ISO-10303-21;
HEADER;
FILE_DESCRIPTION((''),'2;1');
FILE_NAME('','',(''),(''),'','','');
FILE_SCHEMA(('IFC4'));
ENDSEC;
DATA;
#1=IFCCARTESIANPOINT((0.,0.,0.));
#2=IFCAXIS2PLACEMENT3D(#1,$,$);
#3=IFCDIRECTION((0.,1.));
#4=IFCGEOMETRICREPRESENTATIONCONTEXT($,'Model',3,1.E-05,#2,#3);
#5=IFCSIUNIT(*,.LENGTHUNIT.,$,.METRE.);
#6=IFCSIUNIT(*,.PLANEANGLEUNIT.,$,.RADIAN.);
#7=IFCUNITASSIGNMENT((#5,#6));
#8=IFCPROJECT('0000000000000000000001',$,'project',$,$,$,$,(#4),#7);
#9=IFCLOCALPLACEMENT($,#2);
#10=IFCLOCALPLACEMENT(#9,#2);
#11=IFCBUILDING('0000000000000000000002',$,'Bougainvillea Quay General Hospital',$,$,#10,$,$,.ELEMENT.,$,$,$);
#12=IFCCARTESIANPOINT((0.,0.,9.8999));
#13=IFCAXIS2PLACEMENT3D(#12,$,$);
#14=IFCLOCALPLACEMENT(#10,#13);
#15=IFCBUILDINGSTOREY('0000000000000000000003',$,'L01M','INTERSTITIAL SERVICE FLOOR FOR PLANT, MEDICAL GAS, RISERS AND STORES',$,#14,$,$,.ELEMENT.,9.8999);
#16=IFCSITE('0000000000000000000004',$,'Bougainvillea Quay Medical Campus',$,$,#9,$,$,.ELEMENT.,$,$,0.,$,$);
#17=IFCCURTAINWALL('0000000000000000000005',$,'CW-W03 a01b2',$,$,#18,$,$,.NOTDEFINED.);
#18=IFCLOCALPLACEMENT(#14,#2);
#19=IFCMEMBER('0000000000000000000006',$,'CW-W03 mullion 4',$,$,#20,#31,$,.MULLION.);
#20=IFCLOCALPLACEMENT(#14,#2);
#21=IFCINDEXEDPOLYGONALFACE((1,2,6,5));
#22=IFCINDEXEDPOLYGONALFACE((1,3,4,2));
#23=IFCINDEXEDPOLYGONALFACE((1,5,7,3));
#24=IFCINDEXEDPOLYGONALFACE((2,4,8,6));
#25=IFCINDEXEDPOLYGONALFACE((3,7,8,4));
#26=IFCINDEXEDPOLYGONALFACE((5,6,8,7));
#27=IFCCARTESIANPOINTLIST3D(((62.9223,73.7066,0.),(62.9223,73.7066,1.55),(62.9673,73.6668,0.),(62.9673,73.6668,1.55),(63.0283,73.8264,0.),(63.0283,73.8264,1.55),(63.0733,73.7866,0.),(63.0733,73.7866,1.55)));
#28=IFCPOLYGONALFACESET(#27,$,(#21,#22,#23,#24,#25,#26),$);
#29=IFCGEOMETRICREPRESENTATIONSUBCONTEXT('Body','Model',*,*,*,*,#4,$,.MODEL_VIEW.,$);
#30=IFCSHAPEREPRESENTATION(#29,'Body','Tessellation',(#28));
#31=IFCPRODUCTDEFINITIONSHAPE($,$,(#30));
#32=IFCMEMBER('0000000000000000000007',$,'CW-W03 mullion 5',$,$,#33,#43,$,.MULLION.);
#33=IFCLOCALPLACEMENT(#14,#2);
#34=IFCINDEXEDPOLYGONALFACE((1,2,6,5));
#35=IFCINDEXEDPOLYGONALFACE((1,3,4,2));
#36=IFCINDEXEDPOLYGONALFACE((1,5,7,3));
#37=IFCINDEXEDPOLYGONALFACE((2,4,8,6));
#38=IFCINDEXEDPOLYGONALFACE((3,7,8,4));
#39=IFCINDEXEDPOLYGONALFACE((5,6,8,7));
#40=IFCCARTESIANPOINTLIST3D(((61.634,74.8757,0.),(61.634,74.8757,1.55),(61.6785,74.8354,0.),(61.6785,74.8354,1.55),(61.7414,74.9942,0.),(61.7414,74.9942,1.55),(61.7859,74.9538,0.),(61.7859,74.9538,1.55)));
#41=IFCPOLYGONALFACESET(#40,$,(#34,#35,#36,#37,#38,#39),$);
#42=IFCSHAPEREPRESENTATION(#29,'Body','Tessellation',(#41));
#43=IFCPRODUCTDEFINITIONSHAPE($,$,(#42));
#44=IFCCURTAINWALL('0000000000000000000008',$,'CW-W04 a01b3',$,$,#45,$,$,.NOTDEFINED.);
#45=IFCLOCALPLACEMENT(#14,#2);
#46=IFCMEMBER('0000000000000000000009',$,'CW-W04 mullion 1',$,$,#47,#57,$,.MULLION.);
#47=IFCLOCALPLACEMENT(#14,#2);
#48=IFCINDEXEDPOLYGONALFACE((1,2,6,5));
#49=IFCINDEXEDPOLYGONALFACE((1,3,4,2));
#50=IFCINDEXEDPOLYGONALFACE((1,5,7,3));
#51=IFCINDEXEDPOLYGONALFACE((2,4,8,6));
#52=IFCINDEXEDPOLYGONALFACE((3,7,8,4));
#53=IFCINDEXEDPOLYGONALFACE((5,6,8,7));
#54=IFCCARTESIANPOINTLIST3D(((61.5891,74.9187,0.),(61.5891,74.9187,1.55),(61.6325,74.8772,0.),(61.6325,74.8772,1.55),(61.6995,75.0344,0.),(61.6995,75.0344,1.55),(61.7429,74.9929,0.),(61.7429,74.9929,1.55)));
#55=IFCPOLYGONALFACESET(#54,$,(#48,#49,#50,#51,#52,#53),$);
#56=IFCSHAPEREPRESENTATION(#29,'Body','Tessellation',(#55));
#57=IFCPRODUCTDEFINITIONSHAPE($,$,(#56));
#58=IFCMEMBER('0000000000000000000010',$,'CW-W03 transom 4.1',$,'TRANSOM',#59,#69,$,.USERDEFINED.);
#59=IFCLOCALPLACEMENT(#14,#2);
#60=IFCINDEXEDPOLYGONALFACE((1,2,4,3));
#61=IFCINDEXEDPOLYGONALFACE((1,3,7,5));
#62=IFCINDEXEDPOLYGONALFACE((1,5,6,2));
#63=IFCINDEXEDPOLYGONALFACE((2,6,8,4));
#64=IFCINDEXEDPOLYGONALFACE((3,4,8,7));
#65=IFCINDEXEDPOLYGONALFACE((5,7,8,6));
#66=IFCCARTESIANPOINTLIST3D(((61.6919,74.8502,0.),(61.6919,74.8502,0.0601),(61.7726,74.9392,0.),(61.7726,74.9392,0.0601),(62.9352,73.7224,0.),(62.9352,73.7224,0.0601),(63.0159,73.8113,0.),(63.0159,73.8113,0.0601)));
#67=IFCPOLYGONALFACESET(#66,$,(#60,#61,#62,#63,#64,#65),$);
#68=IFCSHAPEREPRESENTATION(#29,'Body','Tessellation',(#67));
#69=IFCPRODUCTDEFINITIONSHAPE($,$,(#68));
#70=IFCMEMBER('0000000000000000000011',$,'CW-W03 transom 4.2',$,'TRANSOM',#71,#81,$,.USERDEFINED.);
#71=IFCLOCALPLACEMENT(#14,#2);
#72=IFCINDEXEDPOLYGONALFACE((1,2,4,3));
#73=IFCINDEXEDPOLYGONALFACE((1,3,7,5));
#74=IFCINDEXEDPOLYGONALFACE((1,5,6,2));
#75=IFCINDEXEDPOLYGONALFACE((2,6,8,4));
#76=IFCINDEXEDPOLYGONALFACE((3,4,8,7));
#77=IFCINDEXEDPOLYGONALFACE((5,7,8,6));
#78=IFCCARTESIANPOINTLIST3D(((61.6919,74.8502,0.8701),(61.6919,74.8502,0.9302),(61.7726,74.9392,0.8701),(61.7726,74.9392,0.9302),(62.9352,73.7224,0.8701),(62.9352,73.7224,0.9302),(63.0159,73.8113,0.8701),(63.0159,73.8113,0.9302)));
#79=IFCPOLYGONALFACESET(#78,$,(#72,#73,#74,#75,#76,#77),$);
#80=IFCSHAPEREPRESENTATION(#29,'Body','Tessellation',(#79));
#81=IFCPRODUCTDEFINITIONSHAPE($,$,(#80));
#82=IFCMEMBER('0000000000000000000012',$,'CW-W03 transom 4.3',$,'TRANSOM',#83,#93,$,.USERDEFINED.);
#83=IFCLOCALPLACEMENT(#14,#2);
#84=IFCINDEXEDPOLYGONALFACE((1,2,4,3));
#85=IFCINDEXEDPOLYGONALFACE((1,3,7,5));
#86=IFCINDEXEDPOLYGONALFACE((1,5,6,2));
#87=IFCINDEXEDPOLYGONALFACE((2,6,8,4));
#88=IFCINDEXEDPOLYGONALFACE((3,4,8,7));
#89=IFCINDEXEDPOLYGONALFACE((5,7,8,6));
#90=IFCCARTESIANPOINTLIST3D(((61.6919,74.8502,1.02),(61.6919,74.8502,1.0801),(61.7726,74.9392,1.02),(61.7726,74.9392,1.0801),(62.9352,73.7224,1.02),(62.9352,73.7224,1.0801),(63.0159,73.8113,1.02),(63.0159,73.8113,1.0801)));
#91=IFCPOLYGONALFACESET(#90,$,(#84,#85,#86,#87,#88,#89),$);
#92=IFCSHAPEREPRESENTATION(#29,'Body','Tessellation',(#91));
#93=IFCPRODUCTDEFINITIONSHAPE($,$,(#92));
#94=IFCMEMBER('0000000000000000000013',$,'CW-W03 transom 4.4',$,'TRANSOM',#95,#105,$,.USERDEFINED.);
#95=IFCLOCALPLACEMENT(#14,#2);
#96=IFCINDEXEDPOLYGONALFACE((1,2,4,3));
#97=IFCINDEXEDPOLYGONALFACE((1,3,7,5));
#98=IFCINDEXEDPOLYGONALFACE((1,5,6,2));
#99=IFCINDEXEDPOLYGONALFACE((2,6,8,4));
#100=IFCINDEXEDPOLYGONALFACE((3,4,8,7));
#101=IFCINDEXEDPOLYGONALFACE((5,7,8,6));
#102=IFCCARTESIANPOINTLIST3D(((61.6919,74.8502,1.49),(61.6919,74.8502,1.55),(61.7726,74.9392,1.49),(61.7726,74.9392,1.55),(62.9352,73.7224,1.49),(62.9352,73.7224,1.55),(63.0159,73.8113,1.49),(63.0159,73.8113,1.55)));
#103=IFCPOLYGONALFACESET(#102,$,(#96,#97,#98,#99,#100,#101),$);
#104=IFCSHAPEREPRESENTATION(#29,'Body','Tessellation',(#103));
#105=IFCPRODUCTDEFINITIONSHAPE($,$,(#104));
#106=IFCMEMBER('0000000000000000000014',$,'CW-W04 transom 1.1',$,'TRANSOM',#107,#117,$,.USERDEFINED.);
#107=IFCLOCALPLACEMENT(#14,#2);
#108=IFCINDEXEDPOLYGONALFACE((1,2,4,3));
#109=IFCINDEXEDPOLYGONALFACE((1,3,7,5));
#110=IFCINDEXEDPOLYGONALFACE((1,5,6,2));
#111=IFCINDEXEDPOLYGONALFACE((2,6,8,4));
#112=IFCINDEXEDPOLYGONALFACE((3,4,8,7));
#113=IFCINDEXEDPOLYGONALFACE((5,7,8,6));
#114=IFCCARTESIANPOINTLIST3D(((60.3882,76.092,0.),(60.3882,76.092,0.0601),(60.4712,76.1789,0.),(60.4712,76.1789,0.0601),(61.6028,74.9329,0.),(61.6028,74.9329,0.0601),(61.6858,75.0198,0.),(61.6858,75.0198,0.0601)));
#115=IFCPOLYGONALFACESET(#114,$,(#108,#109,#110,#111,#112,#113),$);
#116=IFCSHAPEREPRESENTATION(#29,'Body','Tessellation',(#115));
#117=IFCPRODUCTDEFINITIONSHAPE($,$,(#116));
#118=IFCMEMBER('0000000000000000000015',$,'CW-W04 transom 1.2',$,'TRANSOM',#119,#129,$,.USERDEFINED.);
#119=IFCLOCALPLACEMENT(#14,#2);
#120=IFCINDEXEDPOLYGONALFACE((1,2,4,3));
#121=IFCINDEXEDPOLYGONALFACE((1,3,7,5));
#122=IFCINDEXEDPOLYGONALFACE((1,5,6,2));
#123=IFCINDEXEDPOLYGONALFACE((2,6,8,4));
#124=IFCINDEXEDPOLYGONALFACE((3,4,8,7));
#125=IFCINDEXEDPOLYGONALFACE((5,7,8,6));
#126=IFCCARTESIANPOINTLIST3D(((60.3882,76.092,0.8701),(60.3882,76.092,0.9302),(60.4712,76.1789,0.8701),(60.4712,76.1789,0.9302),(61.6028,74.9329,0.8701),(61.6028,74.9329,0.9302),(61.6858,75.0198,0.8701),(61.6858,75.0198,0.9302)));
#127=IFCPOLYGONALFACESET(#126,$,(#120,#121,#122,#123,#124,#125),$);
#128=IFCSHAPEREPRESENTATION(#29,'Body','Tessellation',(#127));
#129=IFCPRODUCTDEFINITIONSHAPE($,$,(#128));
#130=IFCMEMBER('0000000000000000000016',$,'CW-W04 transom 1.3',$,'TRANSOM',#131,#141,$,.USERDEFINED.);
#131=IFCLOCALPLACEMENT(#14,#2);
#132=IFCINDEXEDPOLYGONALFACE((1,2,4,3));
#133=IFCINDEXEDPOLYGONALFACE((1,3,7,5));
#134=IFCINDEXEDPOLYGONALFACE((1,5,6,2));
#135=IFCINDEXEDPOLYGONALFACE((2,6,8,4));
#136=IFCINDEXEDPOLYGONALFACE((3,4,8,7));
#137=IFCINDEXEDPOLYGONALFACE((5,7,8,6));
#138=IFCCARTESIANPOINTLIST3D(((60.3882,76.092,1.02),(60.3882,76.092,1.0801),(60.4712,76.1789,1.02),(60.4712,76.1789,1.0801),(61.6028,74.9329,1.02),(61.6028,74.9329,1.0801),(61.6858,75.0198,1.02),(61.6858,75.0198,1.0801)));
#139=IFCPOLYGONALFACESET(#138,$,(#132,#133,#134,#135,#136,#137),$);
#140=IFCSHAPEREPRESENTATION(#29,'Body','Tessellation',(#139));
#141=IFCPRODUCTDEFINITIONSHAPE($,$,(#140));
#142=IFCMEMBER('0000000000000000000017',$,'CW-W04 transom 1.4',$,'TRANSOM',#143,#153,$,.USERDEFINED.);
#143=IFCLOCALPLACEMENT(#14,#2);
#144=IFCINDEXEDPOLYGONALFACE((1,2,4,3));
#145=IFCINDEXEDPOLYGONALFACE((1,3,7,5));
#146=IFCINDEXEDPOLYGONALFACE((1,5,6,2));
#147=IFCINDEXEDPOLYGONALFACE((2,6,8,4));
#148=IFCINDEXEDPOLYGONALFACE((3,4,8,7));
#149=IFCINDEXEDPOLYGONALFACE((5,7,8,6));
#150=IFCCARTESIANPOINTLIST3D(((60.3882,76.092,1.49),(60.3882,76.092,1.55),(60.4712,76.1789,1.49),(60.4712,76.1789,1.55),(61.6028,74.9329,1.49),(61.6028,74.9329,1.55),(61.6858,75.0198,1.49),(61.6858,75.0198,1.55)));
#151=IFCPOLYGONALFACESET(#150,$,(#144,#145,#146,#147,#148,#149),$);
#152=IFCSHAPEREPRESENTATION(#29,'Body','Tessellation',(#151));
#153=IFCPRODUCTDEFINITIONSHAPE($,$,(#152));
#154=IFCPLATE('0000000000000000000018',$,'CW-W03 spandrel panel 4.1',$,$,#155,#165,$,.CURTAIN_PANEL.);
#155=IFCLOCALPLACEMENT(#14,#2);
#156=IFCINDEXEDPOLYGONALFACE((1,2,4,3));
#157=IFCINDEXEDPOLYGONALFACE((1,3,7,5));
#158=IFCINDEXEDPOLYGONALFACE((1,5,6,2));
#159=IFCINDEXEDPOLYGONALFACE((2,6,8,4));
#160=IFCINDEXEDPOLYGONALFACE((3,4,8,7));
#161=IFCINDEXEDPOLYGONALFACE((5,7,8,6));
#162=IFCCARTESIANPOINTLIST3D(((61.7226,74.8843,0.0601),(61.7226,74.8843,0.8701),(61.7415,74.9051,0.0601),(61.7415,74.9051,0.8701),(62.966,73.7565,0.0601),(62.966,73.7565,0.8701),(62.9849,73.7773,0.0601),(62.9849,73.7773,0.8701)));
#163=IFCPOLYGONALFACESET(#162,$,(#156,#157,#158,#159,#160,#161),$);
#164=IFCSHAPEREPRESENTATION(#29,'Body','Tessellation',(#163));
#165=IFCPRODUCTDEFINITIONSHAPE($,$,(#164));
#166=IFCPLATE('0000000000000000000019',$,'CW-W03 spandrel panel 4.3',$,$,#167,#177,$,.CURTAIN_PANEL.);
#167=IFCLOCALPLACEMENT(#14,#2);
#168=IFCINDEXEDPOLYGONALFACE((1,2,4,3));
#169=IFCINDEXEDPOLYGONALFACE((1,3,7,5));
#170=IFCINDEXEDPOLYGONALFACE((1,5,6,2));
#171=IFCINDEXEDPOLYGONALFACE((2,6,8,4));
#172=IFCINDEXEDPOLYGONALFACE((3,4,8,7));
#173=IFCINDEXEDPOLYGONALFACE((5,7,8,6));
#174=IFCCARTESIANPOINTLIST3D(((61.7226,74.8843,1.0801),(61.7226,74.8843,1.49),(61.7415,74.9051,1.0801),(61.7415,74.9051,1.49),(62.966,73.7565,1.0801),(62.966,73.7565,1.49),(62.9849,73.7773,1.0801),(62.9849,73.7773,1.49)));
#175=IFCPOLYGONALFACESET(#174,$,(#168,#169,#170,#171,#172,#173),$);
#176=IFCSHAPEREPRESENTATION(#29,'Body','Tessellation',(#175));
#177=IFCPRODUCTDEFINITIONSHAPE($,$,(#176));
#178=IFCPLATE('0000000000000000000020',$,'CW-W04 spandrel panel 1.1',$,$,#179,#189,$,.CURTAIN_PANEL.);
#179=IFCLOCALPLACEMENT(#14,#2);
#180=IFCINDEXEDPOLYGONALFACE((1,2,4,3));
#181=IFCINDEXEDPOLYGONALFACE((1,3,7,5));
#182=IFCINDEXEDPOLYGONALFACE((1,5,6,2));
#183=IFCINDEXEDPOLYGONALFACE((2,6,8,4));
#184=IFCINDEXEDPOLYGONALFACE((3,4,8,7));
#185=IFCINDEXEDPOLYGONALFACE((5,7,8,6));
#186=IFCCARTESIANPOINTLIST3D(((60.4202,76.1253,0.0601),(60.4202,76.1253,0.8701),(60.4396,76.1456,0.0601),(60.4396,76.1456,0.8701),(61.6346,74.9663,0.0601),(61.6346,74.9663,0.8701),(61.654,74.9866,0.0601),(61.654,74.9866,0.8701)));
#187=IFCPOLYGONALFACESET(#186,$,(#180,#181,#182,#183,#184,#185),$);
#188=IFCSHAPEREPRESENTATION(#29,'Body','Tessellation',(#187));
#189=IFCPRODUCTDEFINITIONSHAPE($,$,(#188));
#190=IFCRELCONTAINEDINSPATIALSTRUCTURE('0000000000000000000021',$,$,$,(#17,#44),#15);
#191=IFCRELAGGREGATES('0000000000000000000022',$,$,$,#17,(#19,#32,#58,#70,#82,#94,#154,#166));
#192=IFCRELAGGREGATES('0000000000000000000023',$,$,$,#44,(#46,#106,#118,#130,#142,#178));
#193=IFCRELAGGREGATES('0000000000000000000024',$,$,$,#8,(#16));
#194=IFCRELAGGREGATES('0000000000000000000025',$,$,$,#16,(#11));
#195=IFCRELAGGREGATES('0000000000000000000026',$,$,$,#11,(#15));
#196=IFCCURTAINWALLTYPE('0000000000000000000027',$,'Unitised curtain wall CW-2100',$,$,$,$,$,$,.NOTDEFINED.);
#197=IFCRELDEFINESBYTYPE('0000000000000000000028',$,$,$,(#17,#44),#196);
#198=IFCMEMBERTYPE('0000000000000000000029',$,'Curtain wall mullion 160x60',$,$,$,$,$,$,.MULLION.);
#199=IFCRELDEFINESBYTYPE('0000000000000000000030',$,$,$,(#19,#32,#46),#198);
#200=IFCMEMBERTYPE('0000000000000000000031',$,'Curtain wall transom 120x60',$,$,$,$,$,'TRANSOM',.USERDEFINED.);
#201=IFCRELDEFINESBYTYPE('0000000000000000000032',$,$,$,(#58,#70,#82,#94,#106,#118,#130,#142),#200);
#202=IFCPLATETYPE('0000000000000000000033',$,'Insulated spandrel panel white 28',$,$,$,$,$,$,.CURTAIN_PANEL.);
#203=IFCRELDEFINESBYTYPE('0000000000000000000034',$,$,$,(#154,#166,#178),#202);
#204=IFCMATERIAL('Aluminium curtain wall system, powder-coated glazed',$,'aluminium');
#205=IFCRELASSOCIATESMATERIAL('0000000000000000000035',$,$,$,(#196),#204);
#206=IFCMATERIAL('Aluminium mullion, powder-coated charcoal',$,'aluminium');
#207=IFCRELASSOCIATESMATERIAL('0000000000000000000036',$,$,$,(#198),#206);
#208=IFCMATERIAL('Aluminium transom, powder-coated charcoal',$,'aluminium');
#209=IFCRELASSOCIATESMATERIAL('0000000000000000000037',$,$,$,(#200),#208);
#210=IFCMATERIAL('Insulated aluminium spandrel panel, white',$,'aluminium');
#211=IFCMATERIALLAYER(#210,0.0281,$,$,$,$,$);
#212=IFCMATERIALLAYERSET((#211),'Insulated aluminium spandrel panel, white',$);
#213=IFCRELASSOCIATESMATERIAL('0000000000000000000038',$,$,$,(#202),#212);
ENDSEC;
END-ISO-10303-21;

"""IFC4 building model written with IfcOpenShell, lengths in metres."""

from ifc_helpers import new_model, si_unit, direction, frame, origin, origin_2d, place, context, subcontext, project, spatial, rectangle, extrude, material, layer, layer_set, material_profile, profile_set, type_object, element, aggregate, save


model = new_model("IFC4")

# Units and contexts
model_context = context("Model", 3, precision=1e-05, world=origin(), true_north=direction((0.0, 1.0)))
body_context = subcontext(model_context, "Body", "Model", "MODEL_VIEW")
ifc_project = project(units=[si_unit("LENGTHUNIT", "METRE"), si_unit("PLANEANGLEUNIT", "RADIAN")], contexts=[model_context])

# Site, building, storey
site_placement = place(None, origin())
site = spatial("IfcSite", under=ifc_project, at=site_placement, Name="Bougainvillea Quay Medical Campus", CompositionType="ELEMENT", RefElevation=0.0)
building_placement = place(site_placement, origin())
building = spatial("IfcBuilding", under=site, at=building_placement, Name="Bougainvillea Quay General Hospital", CompositionType="ELEMENT")
storey_placement = place(building_placement, frame((0.0, 0.0, 9.8999)))
storey = spatial("IfcBuildingStorey", under=building, at=storey_placement, Name="L01M", Description="INTERSTITIAL SERVICE FLOOR FOR PLANT, MEDICAL GAS, RISERS AND STORES", CompositionType="ELEMENT", Elevation=9.8999)

# Curtain wall, members
ifc_material_1 = material(Name="Aluminium curtain wall system, powder-coated glazed", Category="aluminium")
curtain_wall_type = type_object("IfcCurtainWallType", Name="Unitised curtain wall CW-2100", PredefinedType="NOTDEFINED", material=ifc_material_1)
curtain_wall_1_placement = place(storey_placement, origin())
curtain_wall_1 = element("IfcCurtainWall", 1, at=curtain_wall_1_placement, inside=storey, type_object=curtain_wall_type, Name="CW-W03 a01b2", PredefinedType="NOTDEFINED")
ifc_material_2 = material(Name="Aluminium mullion, powder-coated charcoal", Category="aluminium")
ifc_material_profile_1 = material_profile(ifc_material_2, rectangle(XDim=0.1599, YDim=0.0601, at=origin_2d()))
ifc_profile_set_1 = profile_set([ifc_material_profile_1], Name="Aluminium mullion, powder-coated charcoal")
member_type_1 = type_object("IfcMemberType", Name="Curtain wall mullion 160x60", PredefinedType="MULLION", material=ifc_profile_set_1)
member_1_placement = place(storey_placement, frame((62.9978, 73.7466, 0.0), z_axis=(0.0, 0.0, 1.0), x_axis=(-0.662398, -0.749152, 0.0)))
member_1 = element("IfcMember", 2, at=member_1_placement, type_object=member_type_1, Name="CW-W03 mullion 4", PredefinedType="MULLION", context=body_context, shape_type="SweptSolid", body=[
    extrude(rectangle(XDim=0.1599, YDim=0.0601, at=origin_2d()), origin(), (0.0, 0.0, 1.0), 1.55),
])
member_2_placement = place(storey_placement, frame((61.71, 74.9148, 0.0), z_axis=(0.0, 0.0, 1.0), x_axis=(-0.671843, -0.740693, 0.0)))
member_2 = element("IfcMember", 3, at=member_2_placement, type_object=member_type_1, Name="CW-W03 mullion 5", PredefinedType="MULLION", context=body_context, shape_type="SweptSolid", body=[
    extrude(rectangle(XDim=0.1599, YDim=0.0601, at=origin_2d()), origin(), (0.0, 0.0, 1.0), 1.55),
])

# Curtain wall, member
curtain_wall_2_placement = place(storey_placement, origin())
curtain_wall_2 = element("IfcCurtainWall", 4, at=curtain_wall_2_placement, inside=storey, type_object=curtain_wall_type, Name="CW-W04 a01b3", PredefinedType="NOTDEFINED")
member_3_placement = place(storey_placement, frame((61.666, 74.9558, 0.0), z_axis=(0.0, 0.0, 1.0), x_axis=(-0.690409, -0.723419, 0.0)))
member_3 = element("IfcMember", 5, at=member_3_placement, type_object=member_type_1, Name="CW-W04 mullion 1", PredefinedType="MULLION", context=body_context, shape_type="SweptSolid", body=[
    extrude(rectangle(XDim=0.1599, YDim=0.0601, at=origin_2d()), origin(), (0.0, 0.0, 1.0), 1.55),
])

# Members
ifc_material_3 = material(Name="Aluminium transom, powder-coated charcoal", Category="aluminium")
ifc_material_profile_2 = material_profile(ifc_material_3, rectangle(XDim=0.1201, YDim=0.0601, at=origin_2d()))
ifc_profile_set_2 = profile_set([ifc_material_profile_2], Name="Aluminium transom, powder-coated charcoal")
member_type_2 = type_object("IfcMemberType", Name="Curtain wall transom 120x60", ElementType="TRANSOM", PredefinedType="USERDEFINED", material=ifc_profile_set_2)
member_4_placement = place(storey_placement, frame((62.9756, 73.7668, 0.03), z_axis=(-0.740663, 0.671876, 0.0), x_axis=(-0.671876, -0.740663, 0.0)))
member_4 = element("IfcMember", 6, at=member_4_placement, type_object=member_type_2, Name="CW-W03 transom 4.1", ObjectType="TRANSOM", PredefinedType="USERDEFINED", context=body_context, shape_type="SweptSolid", body=[
    extrude(rectangle(XDim=0.1201, YDim=0.0601, at=origin_2d()), origin(), (0.0, 0.0, 1.0), 1.6787),
])
member_5_placement = place(storey_placement, frame((62.9756, 73.7668, 0.9001), z_axis=(-0.740663, 0.671876, 0.0), x_axis=(-0.671876, -0.740663, 0.0)))
member_5 = element("IfcMember", 7, at=member_5_placement, type_object=member_type_2, Name="CW-W03 transom 4.2", ObjectType="TRANSOM", PredefinedType="USERDEFINED", context=body_context, shape_type="SweptSolid", body=[
    extrude(rectangle(XDim=0.1201, YDim=0.0601, at=origin_2d()), origin(), (0.0, 0.0, 1.0), 1.6787),
])
member_6_placement = place(storey_placement, frame((62.9756, 73.7668, 1.05), z_axis=(-0.740663, 0.671876, 0.0), x_axis=(-0.671876, -0.740663, 0.0)))
member_6 = element("IfcMember", 8, at=member_6_placement, type_object=member_type_2, Name="CW-W03 transom 4.3", ObjectType="TRANSOM", PredefinedType="USERDEFINED", context=body_context, shape_type="SweptSolid", body=[
    extrude(rectangle(XDim=0.1201, YDim=0.0601, at=origin_2d()), origin(), (0.0, 0.0, 1.0), 1.6787),
])
member_7_placement = place(storey_placement, frame((62.9756, 73.7668, 1.52), z_axis=(-0.740663, 0.671876, 0.0), x_axis=(-0.671876, -0.740663, 0.0)))
member_7 = element("IfcMember", 9, at=member_7_placement, type_object=member_type_2, Name="CW-W03 transom 4.4", ObjectType="TRANSOM", PredefinedType="USERDEFINED", context=body_context, shape_type="SweptSolid", body=[
    extrude(rectangle(XDim=0.1201, YDim=0.0601, at=origin_2d()), origin(), (0.0, 0.0, 1.0), 1.6787),
])
member_8_placement = place(storey_placement, frame((61.6443, 74.9763, 0.03), z_axis=(-0.723418, 0.69041, 0.0), x_axis=(-0.69041, -0.723418, 0.0)))
member_8 = element("IfcMember", 10, at=member_8_placement, type_object=member_type_2, Name="CW-W04 transom 1.1", ObjectType="TRANSOM", PredefinedType="USERDEFINED", context=body_context, shape_type="SweptSolid", body=[
    extrude(rectangle(XDim=0.1201, YDim=0.0601, at=origin_2d()), origin(), (0.0, 0.0, 1.0), 1.679),
])
member_9_placement = place(storey_placement, frame((61.6443, 74.9763, 0.9001), z_axis=(-0.723418, 0.69041, 0.0), x_axis=(-0.69041, -0.723418, 0.0)))
member_9 = element("IfcMember", 11, at=member_9_placement, type_object=member_type_2, Name="CW-W04 transom 1.2", ObjectType="TRANSOM", PredefinedType="USERDEFINED", context=body_context, shape_type="SweptSolid", body=[
    extrude(rectangle(XDim=0.1201, YDim=0.0601, at=origin_2d()), origin(), (0.0, 0.0, 1.0), 1.679),
])
member_10_placement = place(storey_placement, frame((61.6443, 74.9763, 1.05), z_axis=(-0.723418, 0.69041, 0.0), x_axis=(-0.69041, -0.723418, 0.0)))
member_10 = element("IfcMember", 12, at=member_10_placement, type_object=member_type_2, Name="CW-W04 transom 1.3", ObjectType="TRANSOM", PredefinedType="USERDEFINED", context=body_context, shape_type="SweptSolid", body=[
    extrude(rectangle(XDim=0.1201, YDim=0.0601, at=origin_2d()), origin(), (0.0, 0.0, 1.0), 1.679),
])
member_11_placement = place(storey_placement, frame((61.6443, 74.9763, 1.52), z_axis=(-0.723418, 0.69041, 0.0), x_axis=(-0.69041, -0.723418, 0.0)))
member_11 = element("IfcMember", 13, at=member_11_placement, type_object=member_type_2, Name="CW-W04 transom 1.4", ObjectType="TRANSOM", PredefinedType="USERDEFINED", context=body_context, shape_type="SweptSolid", body=[
    extrude(rectangle(XDim=0.1201, YDim=0.0601, at=origin_2d()), origin(), (0.0, 0.0, 1.0), 1.679),
])

# Plates
ifc_material_4 = material(Name="Insulated aluminium spandrel panel, white", Category="aluminium")
ifc_layer_1 = layer(ifc_material_4, 0.0281)
ifc_layer_set_1 = layer_set([ifc_layer_1], Name="Insulated aluminium spandrel panel, white")
plate_type_1 = type_object("IfcPlateType", Name="Insulated spandrel panel white 28", PredefinedType="CURTAIN_PANEL", material=ifc_layer_set_1)
plate_1_placement = place(storey_placement, frame((62.3538, 74.3308, 0.0601), z_axis=(0.0, 0.0, 1.0), x_axis=(-0.740693, 0.671843, 0.0)))
plate_1 = element("IfcPlate", 14, at=plate_1_placement, type_object=plate_type_1, Name="CW-W03 spandrel panel 4.1", PredefinedType="CURTAIN_PANEL", context=body_context, shape_type="SweptSolid", body=[
    extrude(rectangle(XDim=1.6787, YDim=0.0281, at=origin_2d()), origin(), (0.0, 0.0, 1.0), 0.8101),
])
plate_2_placement = place(storey_placement, frame((62.3538, 74.3308, 1.0801), z_axis=(0.0, 0.0, 1.0), x_axis=(-0.740693, 0.671843, 0.0)))
plate_2 = element("IfcPlate", 15, at=plate_2_placement, type_object=plate_type_1, Name="CW-W03 spandrel panel 4.3", PredefinedType="CURTAIN_PANEL", context=body_context, shape_type="SweptSolid", body=[
    extrude(rectangle(XDim=1.6787, YDim=0.0281, at=origin_2d()), origin(), (0.0, 0.0, 1.0), 0.4099),
])
plate_3_placement = place(storey_placement, frame((61.0371, 75.5559, 0.0601), z_axis=(0.0, 0.0, 1.0), x_axis=(-0.723419, 0.690409, 0.0)))
plate_3 = element("IfcPlate", 16, at=plate_3_placement, type_object=plate_type_1, Name="CW-W04 spandrel panel 1.1", PredefinedType="CURTAIN_PANEL", context=body_context, shape_type="SweptSolid", body=[
    extrude(rectangle(XDim=1.6787, YDim=0.0281, at=origin_2d()), origin(), (0.0, 0.0, 1.0), 0.8101),
])
aggregate(curtain_wall_1, [member_1, member_2, member_4, member_5, member_6, member_7, plate_1, plate_2])
aggregate(curtain_wall_2, [member_3, member_8, member_9, member_10, member_11, plate_3])

save(model, "model.ifc")
